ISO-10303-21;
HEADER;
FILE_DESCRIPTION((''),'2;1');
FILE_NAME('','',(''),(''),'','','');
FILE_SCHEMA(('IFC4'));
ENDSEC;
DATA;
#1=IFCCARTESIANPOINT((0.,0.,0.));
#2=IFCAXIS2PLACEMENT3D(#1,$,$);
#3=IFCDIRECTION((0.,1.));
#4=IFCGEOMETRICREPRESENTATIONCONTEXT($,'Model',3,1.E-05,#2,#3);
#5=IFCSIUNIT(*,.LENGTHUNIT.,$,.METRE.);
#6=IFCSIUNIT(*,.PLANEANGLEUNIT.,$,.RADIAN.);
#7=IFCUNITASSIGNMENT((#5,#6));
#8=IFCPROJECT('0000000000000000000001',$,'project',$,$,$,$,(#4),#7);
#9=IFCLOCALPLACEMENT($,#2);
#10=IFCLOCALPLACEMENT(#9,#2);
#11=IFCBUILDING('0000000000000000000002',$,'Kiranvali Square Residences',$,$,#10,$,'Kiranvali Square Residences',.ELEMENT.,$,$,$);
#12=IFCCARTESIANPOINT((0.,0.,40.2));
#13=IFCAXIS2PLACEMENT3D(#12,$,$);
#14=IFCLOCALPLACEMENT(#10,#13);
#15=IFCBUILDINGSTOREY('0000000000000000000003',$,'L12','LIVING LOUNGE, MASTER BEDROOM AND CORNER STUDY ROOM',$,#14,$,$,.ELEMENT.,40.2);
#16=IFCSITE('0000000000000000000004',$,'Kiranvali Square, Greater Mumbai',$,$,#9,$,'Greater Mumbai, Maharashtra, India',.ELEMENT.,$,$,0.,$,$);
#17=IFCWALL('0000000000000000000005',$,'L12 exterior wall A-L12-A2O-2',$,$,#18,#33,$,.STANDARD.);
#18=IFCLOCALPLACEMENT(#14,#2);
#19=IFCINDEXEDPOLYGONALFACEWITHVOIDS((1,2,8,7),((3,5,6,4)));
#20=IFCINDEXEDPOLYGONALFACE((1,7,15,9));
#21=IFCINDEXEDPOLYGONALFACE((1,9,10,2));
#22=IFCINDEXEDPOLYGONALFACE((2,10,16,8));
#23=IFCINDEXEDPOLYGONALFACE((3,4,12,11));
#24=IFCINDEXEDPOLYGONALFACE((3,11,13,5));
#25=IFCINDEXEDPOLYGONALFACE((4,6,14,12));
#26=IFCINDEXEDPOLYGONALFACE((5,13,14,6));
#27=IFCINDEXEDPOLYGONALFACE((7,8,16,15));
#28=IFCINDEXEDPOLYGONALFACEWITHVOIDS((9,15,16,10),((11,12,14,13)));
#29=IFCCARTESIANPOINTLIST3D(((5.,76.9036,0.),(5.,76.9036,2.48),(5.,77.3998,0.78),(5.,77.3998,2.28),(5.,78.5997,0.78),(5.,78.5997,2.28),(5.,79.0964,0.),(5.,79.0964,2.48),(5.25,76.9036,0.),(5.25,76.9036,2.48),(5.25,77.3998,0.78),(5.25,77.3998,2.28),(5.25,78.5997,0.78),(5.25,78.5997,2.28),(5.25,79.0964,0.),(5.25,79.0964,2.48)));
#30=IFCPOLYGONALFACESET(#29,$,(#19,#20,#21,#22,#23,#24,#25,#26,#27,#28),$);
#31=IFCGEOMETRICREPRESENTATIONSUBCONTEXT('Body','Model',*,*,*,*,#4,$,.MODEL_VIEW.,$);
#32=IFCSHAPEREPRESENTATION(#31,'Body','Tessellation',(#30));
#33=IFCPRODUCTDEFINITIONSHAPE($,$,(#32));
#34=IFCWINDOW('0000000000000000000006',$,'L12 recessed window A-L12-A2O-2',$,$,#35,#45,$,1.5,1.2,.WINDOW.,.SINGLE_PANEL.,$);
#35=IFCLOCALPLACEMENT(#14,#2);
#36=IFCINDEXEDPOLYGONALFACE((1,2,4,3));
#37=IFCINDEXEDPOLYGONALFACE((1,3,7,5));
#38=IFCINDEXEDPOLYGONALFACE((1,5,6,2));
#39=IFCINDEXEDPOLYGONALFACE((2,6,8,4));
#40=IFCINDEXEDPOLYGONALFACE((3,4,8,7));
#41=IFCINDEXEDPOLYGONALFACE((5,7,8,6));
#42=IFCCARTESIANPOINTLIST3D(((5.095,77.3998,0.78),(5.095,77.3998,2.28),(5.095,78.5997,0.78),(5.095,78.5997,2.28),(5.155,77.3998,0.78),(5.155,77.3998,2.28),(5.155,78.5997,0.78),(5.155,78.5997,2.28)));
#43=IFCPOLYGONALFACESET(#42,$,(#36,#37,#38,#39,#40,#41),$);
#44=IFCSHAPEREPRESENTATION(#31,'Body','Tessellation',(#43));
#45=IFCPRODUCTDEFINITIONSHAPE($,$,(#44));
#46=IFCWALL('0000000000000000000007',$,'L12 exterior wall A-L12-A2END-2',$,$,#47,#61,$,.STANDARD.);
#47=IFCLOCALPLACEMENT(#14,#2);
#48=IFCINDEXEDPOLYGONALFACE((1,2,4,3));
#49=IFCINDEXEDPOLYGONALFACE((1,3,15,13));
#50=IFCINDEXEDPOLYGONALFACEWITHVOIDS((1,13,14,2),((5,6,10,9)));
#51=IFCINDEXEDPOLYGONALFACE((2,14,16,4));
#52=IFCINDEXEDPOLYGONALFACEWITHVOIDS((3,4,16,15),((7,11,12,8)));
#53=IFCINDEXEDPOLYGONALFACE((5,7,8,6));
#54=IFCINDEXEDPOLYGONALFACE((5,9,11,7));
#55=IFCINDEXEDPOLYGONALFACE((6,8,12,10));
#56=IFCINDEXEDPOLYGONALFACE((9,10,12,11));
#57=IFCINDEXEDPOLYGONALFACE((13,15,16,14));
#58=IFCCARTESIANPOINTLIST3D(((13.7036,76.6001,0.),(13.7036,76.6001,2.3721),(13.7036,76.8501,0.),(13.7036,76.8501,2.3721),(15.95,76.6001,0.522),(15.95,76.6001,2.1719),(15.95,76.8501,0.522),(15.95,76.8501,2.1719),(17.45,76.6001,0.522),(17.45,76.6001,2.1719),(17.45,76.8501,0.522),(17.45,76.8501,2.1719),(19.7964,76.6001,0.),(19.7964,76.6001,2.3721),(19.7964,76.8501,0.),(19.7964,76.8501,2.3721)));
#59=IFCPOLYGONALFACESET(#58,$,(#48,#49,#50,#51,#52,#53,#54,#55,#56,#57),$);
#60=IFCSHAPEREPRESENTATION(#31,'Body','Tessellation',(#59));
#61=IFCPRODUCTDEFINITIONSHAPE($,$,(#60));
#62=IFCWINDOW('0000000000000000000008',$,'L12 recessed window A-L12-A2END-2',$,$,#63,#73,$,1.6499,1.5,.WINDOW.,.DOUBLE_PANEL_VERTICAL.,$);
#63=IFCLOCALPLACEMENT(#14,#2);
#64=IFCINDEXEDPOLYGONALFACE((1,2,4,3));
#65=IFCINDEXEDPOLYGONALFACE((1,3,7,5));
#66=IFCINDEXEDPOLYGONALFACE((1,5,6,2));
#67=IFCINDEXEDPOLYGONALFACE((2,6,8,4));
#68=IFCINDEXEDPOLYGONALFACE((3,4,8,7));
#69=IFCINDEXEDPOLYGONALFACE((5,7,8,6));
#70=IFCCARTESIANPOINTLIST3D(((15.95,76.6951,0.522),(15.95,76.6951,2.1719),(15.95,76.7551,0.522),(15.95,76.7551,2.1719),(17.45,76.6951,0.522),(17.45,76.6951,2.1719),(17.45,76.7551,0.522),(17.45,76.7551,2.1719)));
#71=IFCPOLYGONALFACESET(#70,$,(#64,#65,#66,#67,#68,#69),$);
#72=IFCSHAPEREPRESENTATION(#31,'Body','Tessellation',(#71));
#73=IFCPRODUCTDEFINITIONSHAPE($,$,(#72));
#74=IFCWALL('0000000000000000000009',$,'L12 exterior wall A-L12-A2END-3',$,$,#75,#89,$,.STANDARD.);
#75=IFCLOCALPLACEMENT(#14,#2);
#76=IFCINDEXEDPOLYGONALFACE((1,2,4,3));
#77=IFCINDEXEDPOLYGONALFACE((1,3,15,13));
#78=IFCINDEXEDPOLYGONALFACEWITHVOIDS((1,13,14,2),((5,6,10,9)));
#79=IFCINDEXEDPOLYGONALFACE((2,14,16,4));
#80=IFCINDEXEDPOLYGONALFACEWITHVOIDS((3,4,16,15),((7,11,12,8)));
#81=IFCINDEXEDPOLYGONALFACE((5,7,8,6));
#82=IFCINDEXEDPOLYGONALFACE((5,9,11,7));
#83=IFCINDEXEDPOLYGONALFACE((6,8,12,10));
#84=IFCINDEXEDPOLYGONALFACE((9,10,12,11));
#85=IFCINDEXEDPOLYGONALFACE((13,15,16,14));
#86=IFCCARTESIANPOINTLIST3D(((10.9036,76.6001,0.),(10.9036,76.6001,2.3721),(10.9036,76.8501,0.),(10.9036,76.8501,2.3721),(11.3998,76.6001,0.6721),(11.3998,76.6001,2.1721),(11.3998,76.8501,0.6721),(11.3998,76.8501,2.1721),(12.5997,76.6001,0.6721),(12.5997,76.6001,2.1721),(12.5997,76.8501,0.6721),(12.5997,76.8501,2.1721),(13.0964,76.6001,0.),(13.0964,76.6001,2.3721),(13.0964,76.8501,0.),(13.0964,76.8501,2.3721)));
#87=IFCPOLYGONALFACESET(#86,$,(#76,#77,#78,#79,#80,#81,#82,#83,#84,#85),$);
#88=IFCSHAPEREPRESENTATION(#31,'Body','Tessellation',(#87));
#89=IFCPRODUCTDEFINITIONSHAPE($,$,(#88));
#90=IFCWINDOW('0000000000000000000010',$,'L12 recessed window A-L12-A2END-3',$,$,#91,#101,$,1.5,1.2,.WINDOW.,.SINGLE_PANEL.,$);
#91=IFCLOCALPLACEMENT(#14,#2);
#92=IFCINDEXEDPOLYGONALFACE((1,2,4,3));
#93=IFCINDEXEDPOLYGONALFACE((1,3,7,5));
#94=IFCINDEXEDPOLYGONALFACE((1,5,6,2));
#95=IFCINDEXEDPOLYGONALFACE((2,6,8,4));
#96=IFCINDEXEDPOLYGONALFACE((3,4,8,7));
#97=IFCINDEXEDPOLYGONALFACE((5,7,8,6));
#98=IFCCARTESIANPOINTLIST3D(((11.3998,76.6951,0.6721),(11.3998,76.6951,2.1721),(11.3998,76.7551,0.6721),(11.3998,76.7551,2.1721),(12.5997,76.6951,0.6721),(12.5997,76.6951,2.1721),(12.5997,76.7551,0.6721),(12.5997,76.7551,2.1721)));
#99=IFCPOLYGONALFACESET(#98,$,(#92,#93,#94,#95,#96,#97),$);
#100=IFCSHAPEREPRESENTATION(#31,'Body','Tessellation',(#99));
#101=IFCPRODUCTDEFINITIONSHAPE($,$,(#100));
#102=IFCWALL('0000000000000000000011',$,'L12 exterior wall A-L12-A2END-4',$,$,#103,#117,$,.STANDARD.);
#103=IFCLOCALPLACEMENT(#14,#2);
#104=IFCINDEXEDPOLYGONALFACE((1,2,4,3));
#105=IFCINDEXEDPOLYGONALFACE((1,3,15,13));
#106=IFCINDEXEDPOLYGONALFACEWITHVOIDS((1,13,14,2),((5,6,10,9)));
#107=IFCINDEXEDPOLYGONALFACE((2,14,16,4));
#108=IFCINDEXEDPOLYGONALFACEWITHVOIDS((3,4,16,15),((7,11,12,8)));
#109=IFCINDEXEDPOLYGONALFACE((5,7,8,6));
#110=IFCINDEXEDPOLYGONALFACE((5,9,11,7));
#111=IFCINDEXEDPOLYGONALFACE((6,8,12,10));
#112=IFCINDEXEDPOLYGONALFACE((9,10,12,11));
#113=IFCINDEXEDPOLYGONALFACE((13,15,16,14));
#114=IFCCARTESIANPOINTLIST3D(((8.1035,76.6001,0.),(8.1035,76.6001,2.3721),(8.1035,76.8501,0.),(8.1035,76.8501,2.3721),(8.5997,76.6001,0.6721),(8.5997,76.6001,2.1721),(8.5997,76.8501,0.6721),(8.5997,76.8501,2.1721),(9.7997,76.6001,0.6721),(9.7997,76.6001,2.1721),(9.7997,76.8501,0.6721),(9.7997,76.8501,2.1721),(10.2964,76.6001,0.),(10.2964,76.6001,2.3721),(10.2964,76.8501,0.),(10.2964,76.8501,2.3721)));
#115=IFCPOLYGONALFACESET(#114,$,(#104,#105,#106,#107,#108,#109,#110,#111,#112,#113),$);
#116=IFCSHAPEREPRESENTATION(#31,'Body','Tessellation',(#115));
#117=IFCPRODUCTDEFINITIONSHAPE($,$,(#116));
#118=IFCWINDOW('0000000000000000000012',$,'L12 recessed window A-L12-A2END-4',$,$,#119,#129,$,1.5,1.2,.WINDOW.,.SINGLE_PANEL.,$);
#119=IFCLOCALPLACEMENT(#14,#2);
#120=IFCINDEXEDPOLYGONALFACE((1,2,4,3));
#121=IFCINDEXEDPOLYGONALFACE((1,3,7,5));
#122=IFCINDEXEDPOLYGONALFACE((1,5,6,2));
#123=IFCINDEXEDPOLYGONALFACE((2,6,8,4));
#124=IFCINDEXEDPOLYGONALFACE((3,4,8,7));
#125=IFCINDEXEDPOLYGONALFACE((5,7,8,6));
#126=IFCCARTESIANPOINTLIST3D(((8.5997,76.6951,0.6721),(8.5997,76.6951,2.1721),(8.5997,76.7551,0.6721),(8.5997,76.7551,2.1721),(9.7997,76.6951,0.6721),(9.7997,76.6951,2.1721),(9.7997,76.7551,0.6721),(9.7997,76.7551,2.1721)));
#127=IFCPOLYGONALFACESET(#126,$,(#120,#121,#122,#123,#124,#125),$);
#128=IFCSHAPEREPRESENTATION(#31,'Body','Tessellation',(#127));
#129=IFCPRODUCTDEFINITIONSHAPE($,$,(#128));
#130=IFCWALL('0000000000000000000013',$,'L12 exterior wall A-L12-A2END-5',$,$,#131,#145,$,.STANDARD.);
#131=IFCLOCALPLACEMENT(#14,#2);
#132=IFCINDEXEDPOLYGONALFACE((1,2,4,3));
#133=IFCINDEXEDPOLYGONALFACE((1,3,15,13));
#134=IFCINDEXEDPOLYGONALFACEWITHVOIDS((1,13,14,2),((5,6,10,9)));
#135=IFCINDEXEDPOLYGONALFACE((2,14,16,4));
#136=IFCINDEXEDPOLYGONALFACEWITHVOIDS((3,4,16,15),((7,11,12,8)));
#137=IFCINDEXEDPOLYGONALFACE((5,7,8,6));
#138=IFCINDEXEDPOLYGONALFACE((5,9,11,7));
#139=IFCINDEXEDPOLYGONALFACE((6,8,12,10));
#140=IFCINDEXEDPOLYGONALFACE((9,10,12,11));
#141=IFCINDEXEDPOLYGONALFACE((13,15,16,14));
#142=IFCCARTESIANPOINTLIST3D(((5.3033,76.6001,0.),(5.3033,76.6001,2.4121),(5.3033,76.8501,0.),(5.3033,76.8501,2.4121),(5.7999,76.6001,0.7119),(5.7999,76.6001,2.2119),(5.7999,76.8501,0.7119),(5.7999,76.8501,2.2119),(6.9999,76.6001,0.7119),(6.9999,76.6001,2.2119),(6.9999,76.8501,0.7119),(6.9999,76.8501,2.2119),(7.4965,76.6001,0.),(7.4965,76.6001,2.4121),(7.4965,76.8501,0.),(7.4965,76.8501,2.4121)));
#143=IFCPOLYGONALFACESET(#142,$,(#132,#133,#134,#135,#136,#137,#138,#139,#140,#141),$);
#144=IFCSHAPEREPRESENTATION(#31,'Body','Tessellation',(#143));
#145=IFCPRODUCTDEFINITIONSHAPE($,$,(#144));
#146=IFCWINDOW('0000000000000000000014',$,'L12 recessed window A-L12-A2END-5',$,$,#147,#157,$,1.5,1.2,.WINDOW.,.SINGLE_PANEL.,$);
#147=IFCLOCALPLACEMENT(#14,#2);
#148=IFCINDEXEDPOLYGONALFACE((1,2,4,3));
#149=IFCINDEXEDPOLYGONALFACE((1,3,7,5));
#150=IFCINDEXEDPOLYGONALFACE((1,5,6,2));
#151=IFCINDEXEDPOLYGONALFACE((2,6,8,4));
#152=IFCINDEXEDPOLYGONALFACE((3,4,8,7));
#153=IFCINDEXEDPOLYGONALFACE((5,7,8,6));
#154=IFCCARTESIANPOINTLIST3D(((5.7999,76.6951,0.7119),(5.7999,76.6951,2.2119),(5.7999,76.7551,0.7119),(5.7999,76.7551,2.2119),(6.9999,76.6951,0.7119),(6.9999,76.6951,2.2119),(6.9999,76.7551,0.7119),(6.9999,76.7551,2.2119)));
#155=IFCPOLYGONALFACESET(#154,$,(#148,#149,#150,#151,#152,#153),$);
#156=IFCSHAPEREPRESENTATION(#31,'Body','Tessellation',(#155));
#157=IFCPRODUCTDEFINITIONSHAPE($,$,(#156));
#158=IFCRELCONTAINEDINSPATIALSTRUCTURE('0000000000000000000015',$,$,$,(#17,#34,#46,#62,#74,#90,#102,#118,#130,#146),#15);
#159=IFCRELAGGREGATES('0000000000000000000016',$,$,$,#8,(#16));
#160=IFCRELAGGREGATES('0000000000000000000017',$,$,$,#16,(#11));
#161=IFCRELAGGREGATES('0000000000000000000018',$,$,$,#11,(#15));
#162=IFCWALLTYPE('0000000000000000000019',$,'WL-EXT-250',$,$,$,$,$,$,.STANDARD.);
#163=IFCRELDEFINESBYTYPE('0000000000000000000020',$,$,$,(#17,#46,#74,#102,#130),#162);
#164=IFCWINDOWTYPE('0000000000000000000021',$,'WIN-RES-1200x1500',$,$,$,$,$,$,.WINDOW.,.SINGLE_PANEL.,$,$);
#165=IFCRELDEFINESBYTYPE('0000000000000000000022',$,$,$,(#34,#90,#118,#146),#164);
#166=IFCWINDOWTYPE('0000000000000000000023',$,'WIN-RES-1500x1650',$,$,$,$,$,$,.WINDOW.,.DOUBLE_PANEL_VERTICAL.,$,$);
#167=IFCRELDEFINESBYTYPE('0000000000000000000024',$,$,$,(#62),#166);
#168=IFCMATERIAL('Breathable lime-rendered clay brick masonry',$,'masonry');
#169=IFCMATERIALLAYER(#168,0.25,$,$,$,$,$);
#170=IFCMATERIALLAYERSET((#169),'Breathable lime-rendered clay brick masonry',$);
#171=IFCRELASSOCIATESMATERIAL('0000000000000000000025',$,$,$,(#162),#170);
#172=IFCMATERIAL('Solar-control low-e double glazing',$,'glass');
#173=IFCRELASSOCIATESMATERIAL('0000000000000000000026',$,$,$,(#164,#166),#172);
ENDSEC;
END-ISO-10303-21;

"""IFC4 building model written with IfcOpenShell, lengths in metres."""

from ifc_helpers import new_model, si_unit, direction, frame, frame_2d, origin, place, context, subcontext, project, spatial, rectangle, extrude, material, layer, layer_set, type_object, element, fill, save


model = new_model("IFC4")

# Units and contexts
model_context = context("Model", 3, precision=1e-05, world=origin(), true_north=direction((0.0, 1.0)))
body_context = subcontext(model_context, "Body", "Model", "MODEL_VIEW")
ifc_project = project(units=[si_unit("LENGTHUNIT", "METRE"), si_unit("PLANEANGLEUNIT", "RADIAN")], contexts=[model_context])

# Site, building, storey
site_placement = place(None, origin())
site = spatial("IfcSite", under=ifc_project, at=site_placement, Name="Kiranvali Square, Greater Mumbai", LongName="Greater Mumbai, Maharashtra, India", CompositionType="ELEMENT", RefElevation=0.0)
building_placement = place(site_placement, origin())
building = spatial("IfcBuilding", under=site, at=building_placement, Name="Kiranvali Square Residences", LongName="Kiranvali Square Residences", CompositionType="ELEMENT")
storey_placement = place(building_placement, frame((0.0, 0.0, 40.2)))
storey = spatial("IfcBuildingStorey", under=building, at=storey_placement, Name="L12", Description="LIVING LOUNGE, MASTER BEDROOM AND CORNER STUDY ROOM", CompositionType="ELEMENT", Elevation=40.2)

# Walls, openings, windows
ifc_material_1 = material(Name="Breathable lime-rendered clay brick masonry", Category="masonry")
ifc_layer_1 = layer(ifc_material_1, 0.25)
ifc_layer_set_1 = layer_set([ifc_layer_1], Name="Breathable lime-rendered clay brick masonry")
wall_type_1 = type_object("IfcWallType", Name="WL-EXT-250", PredefinedType="STANDARD", material=ifc_layer_set_1)
ifc_material_2 = material(Name="Solar-control low-e double glazing", Category="glass")
window_type_1 = type_object("IfcWindowType", Name="WIN-RES-1200x1500", PartitioningType="SINGLE_PANEL", PredefinedType="WINDOW", material=ifc_material_2)
wall_1_placement = place(storey_placement, frame((5.125, 79.0964, 0.0), z_axis=(0.0, 0.0, 1.0), x_axis=(0.0, -1.0, 0.0)))
wall_1 = element("IfcWall", 1, at=wall_1_placement, inside=storey, type_object=wall_type_1, Name="L12 exterior wall A-L12-A2O-2", PredefinedType="STANDARD", context=body_context, shape_type="SweptSolid", body=[
    extrude(rectangle(XDim=2.1929, YDim=0.25, at=frame_2d((1.0964, 0.0))), origin(), (0.0, 0.0, 1.0), 2.48),
])
opening_1_placement = place(wall_1_placement, frame((0.4966, 0.0, 0.78)))
opening_1 = element("IfcOpeningElement", 2, at=opening_1_placement, cuts=wall_1, PredefinedType="OPENING", context=body_context, shape_type="SweptSolid", body=[
    extrude(rectangle(XDim=1.2, YDim=1.5, at=frame_2d((0.6001, 0.75))), frame((0.0, 0.135, 0.0), z_axis=(0.0, -1.0, 0.0), x_axis=(1.0, 0.0, 0.0)), (0.0, 0.0, 1.0), 0.27),
])
window_1_placement = place(opening_1_placement, origin())
window_1 = element("IfcWindow", 3, at=window_1_placement, inside=storey, type_object=window_type_1, Name="L12 recessed window A-L12-A2O-2", OverallHeight=1.5, OverallWidth=1.2, PartitioningType="SINGLE_PANEL", PredefinedType="WINDOW", context=body_context, shape_type="SweptSolid", body=[
    extrude(rectangle(XDim=1.2, YDim=1.5, at=frame_2d((0.6001, 0.75))), frame((0.0, 0.03, 0.0), z_axis=(0.0, -1.0, 0.0), x_axis=(1.0, 0.0, 0.0)), (0.0, 0.0, 1.0), 0.0601),
])
fill(opening_1, window_1)
wall_2_placement = place(storey_placement, frame((19.7964, 76.7251, 0.0), z_axis=(0.0, 0.0, 1.0), x_axis=(-1.0, 0.0, 0.0)))
wall_2 = element("IfcWall", 4, at=wall_2_placement, inside=storey, type_object=wall_type_1, Name="L12 exterior wall A-L12-A2END-2", PredefinedType="STANDARD", context=body_context, shape_type="SweptSolid", body=[
    extrude(rectangle(XDim=6.0928, YDim=0.25, at=frame_2d((3.0464, 0.0))), origin(), (0.0, 0.0, 1.0), 2.3721),
])
opening_2_placement = place(wall_2_placement, frame((2.3464, 0.0, 0.522)))
opening_2 = element("IfcOpeningElement", 5, at=opening_2_placement, cuts=wall_2, PredefinedType="OPENING", context=body_context, shape_type="SweptSolid", body=[
    extrude(rectangle(XDim=1.5, YDim=1.6499, at=frame_2d((0.75, 0.825))), frame((0.0, 0.135, 0.0), z_axis=(0.0, -1.0, 0.0), x_axis=(1.0, 0.0, 0.0)), (0.0, 0.0, 1.0), 0.27),
])
window_type_2 = type_object("IfcWindowType", Name="WIN-RES-1500x1650", PartitioningType="DOUBLE_PANEL_VERTICAL", PredefinedType="WINDOW", material=ifc_material_2)
window_2_placement = place(opening_2_placement, origin())
window_2 = element("IfcWindow", 6, at=window_2_placement, inside=storey, type_object=window_type_2, Name="L12 recessed window A-L12-A2END-2", OverallHeight=1.6499, OverallWidth=1.5, PartitioningType="DOUBLE_PANEL_VERTICAL", PredefinedType="WINDOW", context=body_context, shape_type="SweptSolid", body=[
    extrude(rectangle(XDim=1.5, YDim=1.6499, at=frame_2d((0.75, 0.825))), frame((0.0, 0.03, 0.0), z_axis=(0.0, -1.0, 0.0), x_axis=(1.0, 0.0, 0.0)), (0.0, 0.0, 1.0), 0.0601),
])
fill(opening_2, window_2)
wall_3_placement = place(storey_placement, frame((13.0964, 76.7251, 0.0), z_axis=(0.0, 0.0, 1.0), x_axis=(-1.0, 0.0, 0.0)))
wall_3 = element("IfcWall", 7, at=wall_3_placement, inside=storey, type_object=wall_type_1, Name="L12 exterior wall A-L12-A2END-3", PredefinedType="STANDARD", context=body_context, shape_type="SweptSolid", body=[
    extrude(rectangle(XDim=2.1929, YDim=0.25, at=frame_2d((1.0964, 0.0))), origin(), (0.0, 0.0, 1.0), 2.3721),
])
opening_3_placement = place(wall_3_placement, frame((0.4966, 0.0, 0.6721)))
opening_3 = element("IfcOpeningElement", 8, at=opening_3_placement, cuts=wall_3, PredefinedType="OPENING", context=body_context, shape_type="SweptSolid", body=[
    extrude(rectangle(XDim=1.2, YDim=1.5, at=frame_2d((0.6001, 0.75))), frame((0.0, 0.135, 0.0), z_axis=(0.0, -1.0, 0.0), x_axis=(1.0, 0.0, 0.0)), (0.0, 0.0, 1.0), 0.27),
])
window_3_placement = place(opening_3_placement, origin())
window_3 = element("IfcWindow", 9, at=window_3_placement, inside=storey, type_object=window_type_1, Name="L12 recessed window A-L12-A2END-3", OverallHeight=1.5, OverallWidth=1.2, PartitioningType="SINGLE_PANEL", PredefinedType="WINDOW", context=body_context, shape_type="SweptSolid", body=[
    extrude(rectangle(XDim=1.2, YDim=1.5, at=frame_2d((0.6001, 0.75))), frame((0.0, 0.03, 0.0), z_axis=(0.0, -1.0, 0.0), x_axis=(1.0, 0.0, 0.0)), (0.0, 0.0, 1.0), 0.0601),
])
fill(opening_3, window_3)
wall_4_placement = place(storey_placement, frame((10.2964, 76.7251, 0.0), z_axis=(0.0, 0.0, 1.0), x_axis=(-1.0, 0.0, 0.0)))
wall_4 = element("IfcWall", 10, at=wall_4_placement, inside=storey, type_object=wall_type_1, Name="L12 exterior wall A-L12-A2END-4", PredefinedType="STANDARD", context=body_context, shape_type="SweptSolid", body=[
    extrude(rectangle(XDim=2.1929, YDim=0.25, at=frame_2d((1.0964, 0.0))), origin(), (0.0, 0.0, 1.0), 2.3721),
])
opening_4_placement = place(wall_4_placement, frame((0.4966, 0.0, 0.6721)))
opening_4 = element("IfcOpeningElement", 11, at=opening_4_placement, cuts=wall_4, PredefinedType="OPENING", context=body_context, shape_type="SweptSolid", body=[
    extrude(rectangle(XDim=1.2, YDim=1.5, at=frame_2d((0.6001, 0.75))), frame((0.0, 0.135, 0.0), z_axis=(0.0, -1.0, 0.0), x_axis=(1.0, 0.0, 0.0)), (0.0, 0.0, 1.0), 0.27),
])
window_4_placement = place(opening_4_placement, origin())
window_4 = element("IfcWindow", 12, at=window_4_placement, inside=storey, type_object=window_type_1, Name="L12 recessed window A-L12-A2END-4", OverallHeight=1.5, OverallWidth=1.2, PartitioningType="SINGLE_PANEL", PredefinedType="WINDOW", context=body_context, shape_type="SweptSolid", body=[
    extrude(rectangle(XDim=1.2, YDim=1.5, at=frame_2d((0.6001, 0.75))), frame((0.0, 0.03, 0.0), z_axis=(0.0, -1.0, 0.0), x_axis=(1.0, 0.0, 0.0)), (0.0, 0.0, 1.0), 0.0601),
])
fill(opening_4, window_4)
wall_5_placement = place(storey_placement, frame((7.4966, 76.7251, 0.0), z_axis=(0.0, 0.0, 1.0), x_axis=(-1.0, 0.0, 0.0)))
wall_5 = element("IfcWall", 13, at=wall_5_placement, inside=storey, type_object=wall_type_1, Name="L12 exterior wall A-L12-A2END-5", PredefinedType="STANDARD", context=body_context, shape_type="SweptSolid", body=[
    extrude(rectangle(XDim=2.1931, YDim=0.25, at=frame_2d((1.0967, 0.0))), origin(), (0.0, 0.0, 1.0), 2.4121),
])
opening_5_placement = place(wall_5_placement, frame((0.4966, 0.0, 0.7119)))
opening_5 = element("IfcOpeningElement", 14, at=opening_5_placement, cuts=wall_5, PredefinedType="OPENING", context=body_context, shape_type="SweptSolid", body=[
    extrude(rectangle(XDim=1.2, YDim=1.5, at=frame_2d((0.6001, 0.75))), frame((0.0, 0.135, 0.0), z_axis=(0.0, -1.0, 0.0), x_axis=(1.0, 0.0, 0.0)), (0.0, 0.0, 1.0), 0.27),
])
window_5_placement = place(opening_5_placement, origin())
window_5 = element("IfcWindow", 15, at=window_5_placement, inside=storey, type_object=window_type_1, Name="L12 recessed window A-L12-A2END-5", OverallHeight=1.5, OverallWidth=1.2, PartitioningType="SINGLE_PANEL", PredefinedType="WINDOW", context=body_context, shape_type="SweptSolid", body=[
    extrude(rectangle(XDim=1.2, YDim=1.5, at=frame_2d((0.6001, 0.75))), frame((0.0, 0.03, 0.0), z_axis=(0.0, -1.0, 0.0), x_axis=(1.0, 0.0, 0.0)), (0.0, 0.0, 1.0), 0.0601),
])
fill(opening_5, window_5)

save(model, "model.ifc")
